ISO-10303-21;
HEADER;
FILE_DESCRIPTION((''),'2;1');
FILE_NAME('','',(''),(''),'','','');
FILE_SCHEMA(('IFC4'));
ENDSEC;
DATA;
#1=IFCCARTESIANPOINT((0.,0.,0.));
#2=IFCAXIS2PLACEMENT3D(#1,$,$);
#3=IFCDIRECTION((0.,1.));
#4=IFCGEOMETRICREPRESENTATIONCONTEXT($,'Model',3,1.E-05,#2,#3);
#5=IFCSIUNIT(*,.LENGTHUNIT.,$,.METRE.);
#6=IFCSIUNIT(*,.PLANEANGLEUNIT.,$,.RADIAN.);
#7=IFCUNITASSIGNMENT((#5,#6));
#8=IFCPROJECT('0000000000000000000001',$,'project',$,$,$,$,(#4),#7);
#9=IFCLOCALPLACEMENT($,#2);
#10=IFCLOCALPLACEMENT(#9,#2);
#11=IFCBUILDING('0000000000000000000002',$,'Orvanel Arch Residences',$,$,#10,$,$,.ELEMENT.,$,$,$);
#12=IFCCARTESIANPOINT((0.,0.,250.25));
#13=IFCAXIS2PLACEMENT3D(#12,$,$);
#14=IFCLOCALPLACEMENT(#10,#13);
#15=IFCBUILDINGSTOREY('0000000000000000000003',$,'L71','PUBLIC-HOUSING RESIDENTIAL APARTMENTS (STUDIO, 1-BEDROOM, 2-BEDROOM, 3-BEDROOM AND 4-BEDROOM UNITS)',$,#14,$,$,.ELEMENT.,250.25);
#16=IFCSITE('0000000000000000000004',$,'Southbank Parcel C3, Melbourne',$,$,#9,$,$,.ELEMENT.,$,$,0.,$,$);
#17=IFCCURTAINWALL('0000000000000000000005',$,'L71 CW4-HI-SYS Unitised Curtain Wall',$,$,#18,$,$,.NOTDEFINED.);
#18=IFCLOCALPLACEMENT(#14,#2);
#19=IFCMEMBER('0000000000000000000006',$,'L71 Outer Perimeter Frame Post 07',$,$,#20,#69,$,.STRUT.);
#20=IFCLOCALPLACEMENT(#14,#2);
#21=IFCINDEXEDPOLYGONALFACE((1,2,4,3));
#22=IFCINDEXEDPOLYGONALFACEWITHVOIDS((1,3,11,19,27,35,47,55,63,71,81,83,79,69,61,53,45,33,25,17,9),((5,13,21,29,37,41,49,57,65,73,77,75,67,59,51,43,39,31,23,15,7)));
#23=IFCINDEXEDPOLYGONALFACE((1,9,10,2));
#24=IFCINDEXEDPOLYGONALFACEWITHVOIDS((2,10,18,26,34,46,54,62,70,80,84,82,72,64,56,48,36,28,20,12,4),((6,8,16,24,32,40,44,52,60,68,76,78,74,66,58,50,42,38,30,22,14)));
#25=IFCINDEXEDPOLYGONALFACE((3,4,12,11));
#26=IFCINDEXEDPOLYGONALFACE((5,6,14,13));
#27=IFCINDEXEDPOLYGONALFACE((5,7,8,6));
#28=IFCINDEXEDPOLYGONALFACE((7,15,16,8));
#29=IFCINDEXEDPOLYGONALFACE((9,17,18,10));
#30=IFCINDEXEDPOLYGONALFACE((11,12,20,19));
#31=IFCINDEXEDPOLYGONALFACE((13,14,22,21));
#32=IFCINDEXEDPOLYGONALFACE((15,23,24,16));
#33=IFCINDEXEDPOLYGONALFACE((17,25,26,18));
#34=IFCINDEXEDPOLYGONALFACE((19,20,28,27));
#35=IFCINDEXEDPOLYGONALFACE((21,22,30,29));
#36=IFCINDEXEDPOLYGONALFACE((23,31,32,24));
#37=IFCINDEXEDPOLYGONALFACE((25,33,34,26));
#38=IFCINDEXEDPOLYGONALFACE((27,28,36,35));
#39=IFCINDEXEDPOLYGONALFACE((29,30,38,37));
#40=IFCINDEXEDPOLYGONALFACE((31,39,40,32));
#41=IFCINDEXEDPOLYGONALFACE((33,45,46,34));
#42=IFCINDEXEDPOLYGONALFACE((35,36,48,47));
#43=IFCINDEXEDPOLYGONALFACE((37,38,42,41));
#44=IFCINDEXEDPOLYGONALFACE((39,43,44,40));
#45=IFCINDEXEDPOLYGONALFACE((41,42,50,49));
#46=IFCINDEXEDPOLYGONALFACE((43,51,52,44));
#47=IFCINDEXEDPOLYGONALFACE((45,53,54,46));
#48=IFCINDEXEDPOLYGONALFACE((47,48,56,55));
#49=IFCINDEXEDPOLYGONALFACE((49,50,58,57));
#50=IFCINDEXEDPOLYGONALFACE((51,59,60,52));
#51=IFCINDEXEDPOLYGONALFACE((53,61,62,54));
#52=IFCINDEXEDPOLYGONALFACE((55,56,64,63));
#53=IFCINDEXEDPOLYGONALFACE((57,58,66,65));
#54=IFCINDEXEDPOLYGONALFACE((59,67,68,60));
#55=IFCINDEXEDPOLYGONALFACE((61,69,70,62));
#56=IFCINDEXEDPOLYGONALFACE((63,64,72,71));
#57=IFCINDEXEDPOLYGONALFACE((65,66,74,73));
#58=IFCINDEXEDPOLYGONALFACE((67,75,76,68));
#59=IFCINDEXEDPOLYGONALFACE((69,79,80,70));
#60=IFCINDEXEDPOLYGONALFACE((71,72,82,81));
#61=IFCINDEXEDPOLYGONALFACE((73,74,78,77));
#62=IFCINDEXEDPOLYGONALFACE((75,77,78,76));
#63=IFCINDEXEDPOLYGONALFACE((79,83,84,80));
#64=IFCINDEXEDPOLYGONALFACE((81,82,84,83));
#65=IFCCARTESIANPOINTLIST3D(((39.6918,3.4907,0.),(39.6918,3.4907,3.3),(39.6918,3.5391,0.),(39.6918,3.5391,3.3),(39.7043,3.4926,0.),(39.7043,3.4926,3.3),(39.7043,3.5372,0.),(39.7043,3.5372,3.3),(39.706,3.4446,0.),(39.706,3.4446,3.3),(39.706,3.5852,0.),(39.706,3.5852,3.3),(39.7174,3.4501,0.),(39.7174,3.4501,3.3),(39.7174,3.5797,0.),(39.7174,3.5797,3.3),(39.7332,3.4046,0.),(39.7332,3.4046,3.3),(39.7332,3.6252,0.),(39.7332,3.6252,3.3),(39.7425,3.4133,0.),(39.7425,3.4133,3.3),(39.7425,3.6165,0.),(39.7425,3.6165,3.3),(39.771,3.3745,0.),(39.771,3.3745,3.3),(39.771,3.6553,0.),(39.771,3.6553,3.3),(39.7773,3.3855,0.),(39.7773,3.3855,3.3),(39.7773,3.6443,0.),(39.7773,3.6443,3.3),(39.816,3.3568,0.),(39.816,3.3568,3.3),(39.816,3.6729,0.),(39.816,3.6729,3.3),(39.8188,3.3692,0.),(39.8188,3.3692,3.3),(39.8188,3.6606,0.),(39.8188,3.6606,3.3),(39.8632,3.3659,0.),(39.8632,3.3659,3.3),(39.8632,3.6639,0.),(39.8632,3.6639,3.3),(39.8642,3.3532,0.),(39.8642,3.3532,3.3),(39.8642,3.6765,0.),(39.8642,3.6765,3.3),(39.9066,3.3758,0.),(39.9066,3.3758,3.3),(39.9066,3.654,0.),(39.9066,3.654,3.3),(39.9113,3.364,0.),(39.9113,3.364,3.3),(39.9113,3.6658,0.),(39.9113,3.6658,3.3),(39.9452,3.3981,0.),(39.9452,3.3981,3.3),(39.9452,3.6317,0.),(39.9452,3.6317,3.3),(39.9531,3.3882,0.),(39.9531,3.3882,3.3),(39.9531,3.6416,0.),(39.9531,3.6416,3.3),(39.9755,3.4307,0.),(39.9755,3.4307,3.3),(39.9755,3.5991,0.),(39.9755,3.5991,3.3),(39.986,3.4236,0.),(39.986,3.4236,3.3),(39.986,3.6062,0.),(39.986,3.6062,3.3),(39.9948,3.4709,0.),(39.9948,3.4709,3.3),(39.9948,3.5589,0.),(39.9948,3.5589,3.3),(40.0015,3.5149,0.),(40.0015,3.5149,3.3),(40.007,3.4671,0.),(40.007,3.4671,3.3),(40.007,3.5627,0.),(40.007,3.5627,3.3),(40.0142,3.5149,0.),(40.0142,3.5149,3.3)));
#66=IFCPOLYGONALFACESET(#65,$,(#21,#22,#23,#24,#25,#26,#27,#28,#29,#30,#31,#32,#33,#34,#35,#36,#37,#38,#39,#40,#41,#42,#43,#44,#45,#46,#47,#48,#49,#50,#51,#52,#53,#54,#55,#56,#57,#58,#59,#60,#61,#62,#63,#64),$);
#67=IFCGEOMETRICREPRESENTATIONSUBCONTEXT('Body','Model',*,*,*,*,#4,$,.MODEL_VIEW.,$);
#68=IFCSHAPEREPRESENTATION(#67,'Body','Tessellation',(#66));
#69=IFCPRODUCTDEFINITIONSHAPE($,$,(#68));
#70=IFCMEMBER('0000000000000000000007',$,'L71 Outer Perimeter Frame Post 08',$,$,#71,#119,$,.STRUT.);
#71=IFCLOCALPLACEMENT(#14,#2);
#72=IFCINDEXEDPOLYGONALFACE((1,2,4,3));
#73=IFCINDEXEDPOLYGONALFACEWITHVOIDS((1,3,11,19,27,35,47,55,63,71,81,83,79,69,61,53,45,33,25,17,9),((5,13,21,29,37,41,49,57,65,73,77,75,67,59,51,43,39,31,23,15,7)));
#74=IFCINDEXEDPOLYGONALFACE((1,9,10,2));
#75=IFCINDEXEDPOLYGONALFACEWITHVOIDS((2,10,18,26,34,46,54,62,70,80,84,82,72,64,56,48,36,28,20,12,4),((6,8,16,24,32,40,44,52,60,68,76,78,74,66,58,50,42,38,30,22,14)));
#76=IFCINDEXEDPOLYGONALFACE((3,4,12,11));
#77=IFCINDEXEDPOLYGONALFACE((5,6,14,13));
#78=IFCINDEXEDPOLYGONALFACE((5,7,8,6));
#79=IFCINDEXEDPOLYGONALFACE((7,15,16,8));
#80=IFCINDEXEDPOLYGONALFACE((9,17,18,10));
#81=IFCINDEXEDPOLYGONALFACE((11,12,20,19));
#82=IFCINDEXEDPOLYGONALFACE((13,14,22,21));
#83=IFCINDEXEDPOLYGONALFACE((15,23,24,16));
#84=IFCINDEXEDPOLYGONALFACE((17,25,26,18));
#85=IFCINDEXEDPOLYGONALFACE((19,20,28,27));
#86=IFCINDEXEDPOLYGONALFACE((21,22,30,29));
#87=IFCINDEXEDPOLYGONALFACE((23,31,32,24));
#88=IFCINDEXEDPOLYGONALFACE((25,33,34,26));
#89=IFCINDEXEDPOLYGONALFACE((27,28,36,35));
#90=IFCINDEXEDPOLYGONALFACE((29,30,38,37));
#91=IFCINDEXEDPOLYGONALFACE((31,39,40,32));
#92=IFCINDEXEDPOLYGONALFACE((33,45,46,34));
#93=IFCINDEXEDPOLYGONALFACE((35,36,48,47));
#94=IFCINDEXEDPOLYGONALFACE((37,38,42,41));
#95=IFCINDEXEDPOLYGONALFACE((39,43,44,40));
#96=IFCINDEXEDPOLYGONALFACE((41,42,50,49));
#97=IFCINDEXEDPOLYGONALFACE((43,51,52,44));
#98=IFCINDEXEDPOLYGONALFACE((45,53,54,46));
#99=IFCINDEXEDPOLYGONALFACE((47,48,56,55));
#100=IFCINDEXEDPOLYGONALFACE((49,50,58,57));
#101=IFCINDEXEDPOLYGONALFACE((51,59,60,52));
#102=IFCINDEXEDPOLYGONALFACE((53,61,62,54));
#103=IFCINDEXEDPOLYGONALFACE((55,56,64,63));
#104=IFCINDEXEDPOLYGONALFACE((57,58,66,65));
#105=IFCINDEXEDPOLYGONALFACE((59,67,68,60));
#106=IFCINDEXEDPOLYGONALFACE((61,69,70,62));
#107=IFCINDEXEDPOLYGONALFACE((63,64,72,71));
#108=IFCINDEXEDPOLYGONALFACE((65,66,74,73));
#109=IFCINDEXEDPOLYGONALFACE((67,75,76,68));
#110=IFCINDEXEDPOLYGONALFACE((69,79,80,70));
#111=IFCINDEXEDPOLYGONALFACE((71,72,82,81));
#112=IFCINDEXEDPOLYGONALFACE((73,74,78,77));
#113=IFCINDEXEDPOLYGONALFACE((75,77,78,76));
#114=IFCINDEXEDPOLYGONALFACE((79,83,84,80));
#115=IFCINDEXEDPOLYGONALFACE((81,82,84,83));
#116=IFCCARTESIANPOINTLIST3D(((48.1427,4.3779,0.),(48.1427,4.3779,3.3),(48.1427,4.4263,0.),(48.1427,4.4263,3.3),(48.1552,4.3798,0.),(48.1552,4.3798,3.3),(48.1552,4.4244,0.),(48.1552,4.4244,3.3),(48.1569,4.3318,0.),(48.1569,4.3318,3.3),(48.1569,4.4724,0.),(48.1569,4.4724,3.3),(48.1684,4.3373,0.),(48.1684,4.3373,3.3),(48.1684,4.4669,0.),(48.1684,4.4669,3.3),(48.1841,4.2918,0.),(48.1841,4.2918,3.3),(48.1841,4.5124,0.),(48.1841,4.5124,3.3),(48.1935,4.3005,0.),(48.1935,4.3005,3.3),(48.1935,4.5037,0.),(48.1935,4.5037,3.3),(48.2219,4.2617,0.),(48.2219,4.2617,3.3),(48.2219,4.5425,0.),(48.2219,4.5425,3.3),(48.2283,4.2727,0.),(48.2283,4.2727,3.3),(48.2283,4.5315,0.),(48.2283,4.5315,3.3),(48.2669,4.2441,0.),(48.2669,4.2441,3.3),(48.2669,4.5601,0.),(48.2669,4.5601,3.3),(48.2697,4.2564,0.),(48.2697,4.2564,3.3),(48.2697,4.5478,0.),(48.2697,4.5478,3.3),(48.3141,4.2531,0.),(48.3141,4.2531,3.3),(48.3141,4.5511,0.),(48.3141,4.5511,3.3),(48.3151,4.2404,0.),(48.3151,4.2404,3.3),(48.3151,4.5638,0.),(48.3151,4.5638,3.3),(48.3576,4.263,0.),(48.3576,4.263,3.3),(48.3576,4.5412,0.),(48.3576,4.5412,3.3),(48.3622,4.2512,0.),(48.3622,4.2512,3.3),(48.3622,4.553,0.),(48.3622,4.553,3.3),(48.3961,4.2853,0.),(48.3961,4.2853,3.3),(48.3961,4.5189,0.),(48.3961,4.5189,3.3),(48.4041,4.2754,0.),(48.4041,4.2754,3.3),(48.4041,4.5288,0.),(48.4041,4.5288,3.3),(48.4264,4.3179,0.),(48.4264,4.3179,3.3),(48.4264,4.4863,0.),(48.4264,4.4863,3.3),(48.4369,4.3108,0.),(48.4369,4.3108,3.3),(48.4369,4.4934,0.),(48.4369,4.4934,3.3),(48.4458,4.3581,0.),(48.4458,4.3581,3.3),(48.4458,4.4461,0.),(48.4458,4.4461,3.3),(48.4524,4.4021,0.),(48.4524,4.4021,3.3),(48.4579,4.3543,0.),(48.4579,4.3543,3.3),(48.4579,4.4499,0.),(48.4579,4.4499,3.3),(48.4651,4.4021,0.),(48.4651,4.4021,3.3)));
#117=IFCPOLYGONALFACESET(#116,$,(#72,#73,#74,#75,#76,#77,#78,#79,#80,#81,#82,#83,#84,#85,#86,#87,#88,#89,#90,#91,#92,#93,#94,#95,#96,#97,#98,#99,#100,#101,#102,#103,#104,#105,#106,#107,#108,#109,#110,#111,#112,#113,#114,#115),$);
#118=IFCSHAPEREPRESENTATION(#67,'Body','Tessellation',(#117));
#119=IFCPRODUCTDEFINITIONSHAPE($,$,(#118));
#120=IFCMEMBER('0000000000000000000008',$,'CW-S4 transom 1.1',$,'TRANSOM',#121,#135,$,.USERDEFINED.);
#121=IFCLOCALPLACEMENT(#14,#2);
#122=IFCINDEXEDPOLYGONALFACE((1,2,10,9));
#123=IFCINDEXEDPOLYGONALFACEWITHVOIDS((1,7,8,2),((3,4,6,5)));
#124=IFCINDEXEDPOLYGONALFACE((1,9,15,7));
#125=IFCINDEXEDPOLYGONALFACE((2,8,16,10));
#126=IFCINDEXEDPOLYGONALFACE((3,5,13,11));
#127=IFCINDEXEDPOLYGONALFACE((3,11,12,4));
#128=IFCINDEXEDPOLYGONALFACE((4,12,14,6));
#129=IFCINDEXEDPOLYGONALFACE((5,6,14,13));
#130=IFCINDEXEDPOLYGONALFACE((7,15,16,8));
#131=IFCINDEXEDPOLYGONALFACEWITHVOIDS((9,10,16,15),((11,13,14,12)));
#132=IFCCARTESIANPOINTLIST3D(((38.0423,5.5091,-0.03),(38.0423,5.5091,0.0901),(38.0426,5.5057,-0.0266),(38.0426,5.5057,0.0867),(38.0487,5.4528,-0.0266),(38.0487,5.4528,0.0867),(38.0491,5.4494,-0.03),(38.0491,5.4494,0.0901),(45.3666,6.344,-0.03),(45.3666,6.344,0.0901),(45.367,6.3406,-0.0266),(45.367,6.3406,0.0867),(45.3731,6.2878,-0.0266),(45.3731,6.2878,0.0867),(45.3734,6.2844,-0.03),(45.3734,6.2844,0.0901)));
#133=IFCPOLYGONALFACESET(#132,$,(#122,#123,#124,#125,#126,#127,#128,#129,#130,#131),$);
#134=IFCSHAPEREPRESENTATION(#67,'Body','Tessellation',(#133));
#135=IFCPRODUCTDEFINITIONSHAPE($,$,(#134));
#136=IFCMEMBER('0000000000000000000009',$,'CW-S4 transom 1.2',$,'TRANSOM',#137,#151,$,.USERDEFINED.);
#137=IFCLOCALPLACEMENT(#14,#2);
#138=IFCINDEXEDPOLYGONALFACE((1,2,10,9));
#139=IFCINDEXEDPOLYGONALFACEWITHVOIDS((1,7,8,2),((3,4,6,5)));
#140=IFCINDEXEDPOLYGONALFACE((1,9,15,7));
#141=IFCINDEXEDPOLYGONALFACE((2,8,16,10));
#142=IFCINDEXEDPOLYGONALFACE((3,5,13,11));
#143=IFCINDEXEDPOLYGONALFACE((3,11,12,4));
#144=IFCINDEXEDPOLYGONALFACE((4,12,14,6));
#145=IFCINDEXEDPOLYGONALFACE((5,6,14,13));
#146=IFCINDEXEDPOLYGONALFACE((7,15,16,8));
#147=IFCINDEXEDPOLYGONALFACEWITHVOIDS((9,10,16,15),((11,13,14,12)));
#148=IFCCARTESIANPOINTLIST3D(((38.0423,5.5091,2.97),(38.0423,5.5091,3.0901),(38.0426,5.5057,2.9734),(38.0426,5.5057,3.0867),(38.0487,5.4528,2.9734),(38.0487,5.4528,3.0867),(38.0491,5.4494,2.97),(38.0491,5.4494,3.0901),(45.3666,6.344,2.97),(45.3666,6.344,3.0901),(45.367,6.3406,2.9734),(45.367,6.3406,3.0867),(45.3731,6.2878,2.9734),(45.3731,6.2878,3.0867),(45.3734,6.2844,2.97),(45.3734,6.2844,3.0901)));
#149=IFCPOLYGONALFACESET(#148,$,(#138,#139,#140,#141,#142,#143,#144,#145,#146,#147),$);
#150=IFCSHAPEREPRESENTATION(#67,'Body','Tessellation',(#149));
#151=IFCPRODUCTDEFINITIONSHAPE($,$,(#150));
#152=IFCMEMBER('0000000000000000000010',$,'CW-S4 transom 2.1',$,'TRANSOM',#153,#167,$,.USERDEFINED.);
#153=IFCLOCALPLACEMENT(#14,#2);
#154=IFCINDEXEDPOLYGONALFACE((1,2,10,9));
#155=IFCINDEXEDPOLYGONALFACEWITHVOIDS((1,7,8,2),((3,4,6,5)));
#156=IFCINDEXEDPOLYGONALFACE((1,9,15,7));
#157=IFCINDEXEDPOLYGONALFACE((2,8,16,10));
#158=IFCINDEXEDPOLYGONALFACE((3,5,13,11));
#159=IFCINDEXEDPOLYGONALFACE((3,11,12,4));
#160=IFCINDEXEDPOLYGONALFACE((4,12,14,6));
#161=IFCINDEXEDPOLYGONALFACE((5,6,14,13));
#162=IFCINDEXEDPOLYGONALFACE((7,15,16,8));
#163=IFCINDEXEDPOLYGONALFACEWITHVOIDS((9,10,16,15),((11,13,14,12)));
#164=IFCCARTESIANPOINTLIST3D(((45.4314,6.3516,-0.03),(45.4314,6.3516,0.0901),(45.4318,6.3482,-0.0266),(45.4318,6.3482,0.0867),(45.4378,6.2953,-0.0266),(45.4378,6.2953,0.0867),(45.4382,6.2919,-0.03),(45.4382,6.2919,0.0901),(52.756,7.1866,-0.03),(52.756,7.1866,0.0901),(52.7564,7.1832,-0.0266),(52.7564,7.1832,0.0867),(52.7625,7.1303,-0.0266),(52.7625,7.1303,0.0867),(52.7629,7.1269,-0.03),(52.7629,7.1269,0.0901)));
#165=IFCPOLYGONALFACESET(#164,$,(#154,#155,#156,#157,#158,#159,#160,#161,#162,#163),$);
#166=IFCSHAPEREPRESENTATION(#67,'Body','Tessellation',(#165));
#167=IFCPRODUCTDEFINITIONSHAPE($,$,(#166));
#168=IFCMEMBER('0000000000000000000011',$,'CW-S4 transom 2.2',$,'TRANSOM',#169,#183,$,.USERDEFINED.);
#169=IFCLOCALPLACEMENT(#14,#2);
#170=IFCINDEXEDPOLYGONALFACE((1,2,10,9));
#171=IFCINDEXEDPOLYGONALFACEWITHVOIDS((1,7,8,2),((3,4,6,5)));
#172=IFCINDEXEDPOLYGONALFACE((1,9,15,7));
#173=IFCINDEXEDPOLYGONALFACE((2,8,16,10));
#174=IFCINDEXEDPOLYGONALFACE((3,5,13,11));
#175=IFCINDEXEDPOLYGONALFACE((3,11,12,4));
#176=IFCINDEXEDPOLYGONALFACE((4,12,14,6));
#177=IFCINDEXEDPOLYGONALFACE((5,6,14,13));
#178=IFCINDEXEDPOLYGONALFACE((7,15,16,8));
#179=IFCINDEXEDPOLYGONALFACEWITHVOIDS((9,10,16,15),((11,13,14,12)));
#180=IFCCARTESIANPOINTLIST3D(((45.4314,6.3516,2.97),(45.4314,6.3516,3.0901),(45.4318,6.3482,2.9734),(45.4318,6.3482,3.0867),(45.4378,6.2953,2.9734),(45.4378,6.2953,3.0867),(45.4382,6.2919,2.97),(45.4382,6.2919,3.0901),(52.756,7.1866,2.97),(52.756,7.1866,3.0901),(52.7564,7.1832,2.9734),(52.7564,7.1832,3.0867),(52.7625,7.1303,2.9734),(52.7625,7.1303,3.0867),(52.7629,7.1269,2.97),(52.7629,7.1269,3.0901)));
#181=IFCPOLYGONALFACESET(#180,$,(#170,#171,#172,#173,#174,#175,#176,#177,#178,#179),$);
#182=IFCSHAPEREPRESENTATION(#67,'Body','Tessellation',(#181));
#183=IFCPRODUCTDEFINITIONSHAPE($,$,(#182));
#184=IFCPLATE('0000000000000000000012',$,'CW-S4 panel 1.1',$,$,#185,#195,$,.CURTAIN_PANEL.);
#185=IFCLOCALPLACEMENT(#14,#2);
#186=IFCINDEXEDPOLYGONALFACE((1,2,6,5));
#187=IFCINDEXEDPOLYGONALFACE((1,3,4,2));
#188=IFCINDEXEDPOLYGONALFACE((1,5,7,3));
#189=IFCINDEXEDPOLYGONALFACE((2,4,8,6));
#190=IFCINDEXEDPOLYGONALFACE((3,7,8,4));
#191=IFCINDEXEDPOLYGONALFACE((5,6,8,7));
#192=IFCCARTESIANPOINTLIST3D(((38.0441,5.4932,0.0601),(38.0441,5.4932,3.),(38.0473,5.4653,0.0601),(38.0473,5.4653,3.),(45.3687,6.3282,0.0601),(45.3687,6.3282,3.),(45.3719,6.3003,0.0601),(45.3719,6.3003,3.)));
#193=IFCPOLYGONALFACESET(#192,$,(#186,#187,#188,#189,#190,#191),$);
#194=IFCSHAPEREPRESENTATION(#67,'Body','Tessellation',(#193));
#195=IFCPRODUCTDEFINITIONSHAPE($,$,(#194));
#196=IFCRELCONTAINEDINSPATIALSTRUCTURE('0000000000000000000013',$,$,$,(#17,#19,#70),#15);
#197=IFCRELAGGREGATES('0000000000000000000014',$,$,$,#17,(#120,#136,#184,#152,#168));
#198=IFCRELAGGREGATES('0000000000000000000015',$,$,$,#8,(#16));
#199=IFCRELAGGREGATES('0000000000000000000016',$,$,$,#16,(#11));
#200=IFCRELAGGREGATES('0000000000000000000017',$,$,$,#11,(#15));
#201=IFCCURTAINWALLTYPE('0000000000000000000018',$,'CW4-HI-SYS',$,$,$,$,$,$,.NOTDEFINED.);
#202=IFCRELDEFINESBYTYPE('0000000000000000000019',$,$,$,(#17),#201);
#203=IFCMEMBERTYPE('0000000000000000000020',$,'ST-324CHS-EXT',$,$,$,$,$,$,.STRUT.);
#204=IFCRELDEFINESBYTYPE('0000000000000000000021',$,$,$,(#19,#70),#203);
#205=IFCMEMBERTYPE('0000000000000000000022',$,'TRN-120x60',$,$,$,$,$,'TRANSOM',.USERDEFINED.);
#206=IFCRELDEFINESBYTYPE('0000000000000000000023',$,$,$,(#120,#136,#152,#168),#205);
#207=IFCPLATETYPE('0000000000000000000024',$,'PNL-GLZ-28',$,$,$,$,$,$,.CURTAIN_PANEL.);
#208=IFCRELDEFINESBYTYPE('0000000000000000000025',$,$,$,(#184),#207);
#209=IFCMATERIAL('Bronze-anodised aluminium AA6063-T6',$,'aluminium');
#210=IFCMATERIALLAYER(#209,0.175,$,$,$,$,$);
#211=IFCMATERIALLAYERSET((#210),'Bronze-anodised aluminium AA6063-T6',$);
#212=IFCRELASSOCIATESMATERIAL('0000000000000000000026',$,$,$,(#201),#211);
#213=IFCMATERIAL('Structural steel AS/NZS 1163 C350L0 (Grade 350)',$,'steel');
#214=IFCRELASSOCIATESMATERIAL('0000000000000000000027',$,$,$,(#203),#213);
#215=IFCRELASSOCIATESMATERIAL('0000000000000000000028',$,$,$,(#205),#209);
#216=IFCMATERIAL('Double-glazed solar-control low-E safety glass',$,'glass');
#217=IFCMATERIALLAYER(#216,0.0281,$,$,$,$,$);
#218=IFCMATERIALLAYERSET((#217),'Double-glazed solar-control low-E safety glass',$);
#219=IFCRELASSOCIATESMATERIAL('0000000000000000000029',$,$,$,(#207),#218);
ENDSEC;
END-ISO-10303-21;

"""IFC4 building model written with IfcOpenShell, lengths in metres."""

from ifc_helpers import new_model, si_unit, direction, frame, origin, origin_2d, place, context, subcontext, project, spatial, rectangle, hollow_rectangle, hollow_circle, extrude, material, layer, layer_set, material_profile, profile_set, type_object, element, aggregate, save


model = new_model("IFC4")

# Units and contexts
model_context = context("Model", 3, precision=1e-05, world=origin(), true_north=direction((0.0, 1.0)))
body_context = subcontext(model_context, "Body", "Model", "MODEL_VIEW")
ifc_project = project(units=[si_unit("LENGTHUNIT", "METRE"), si_unit("PLANEANGLEUNIT", "RADIAN")], contexts=[model_context])

# Site, building, storey
site_placement = place(None, origin())
site = spatial("IfcSite", under=ifc_project, at=site_placement, Name="Southbank Parcel C3, Melbourne", CompositionType="ELEMENT", RefElevation=0.0)
building_placement = place(site_placement, origin())
building = spatial("IfcBuilding", under=site, at=building_placement, Name="Orvanel Arch Residences", CompositionType="ELEMENT")
storey_placement = place(building_placement, frame((0.0, 0.0, 250.25)))
storey = spatial("IfcBuildingStorey", under=building, at=storey_placement, Name="L71", Description="PUBLIC-HOUSING RESIDENTIAL APARTMENTS (STUDIO, 1-BEDROOM, 2-BEDROOM, 3-BEDROOM AND 4-BEDROOM UNITS)", CompositionType="ELEMENT", Elevation=250.25)

# Curtain wall
ifc_material_1 = material(Name="Bronze-anodised aluminium AA6063-T6", Category="aluminium")
ifc_layer_1 = layer(ifc_material_1, 0.175)
ifc_layer_set_1 = layer_set([ifc_layer_1], Name="Bronze-anodised aluminium AA6063-T6")
curtain_wall_type = type_object("IfcCurtainWallType", Name="CW4-HI-SYS", PredefinedType="NOTDEFINED", material=ifc_layer_set_1)
curtain_wall_placement = place(storey_placement, origin())
curtain_wall = element("IfcCurtainWall", 1, at=curtain_wall_placement, inside=storey, type_object=curtain_wall_type, Name="L71 CW4-HI-SYS Unitised Curtain Wall", PredefinedType="NOTDEFINED")

# Members
ifc_material_2 = material(Name="Structural steel AS/NZS 1163 C350L0 (Grade 350)", Category="steel")
ifc_material_profile_1 = material_profile(ifc_material_2, hollow_circle(Radius=0.1621, WallThickness=0.0127, at=origin_2d()), Name="CHS324x12.7")
ifc_profile_set_1 = profile_set([ifc_material_profile_1], Name="Structural steel AS/NZS 1163 C350L0 (Grade 350)")
member_type_1 = type_object("IfcMemberType", Name="ST-324CHS-EXT", PredefinedType="STRUT", material=ifc_profile_set_1)
for number, where, z_axis, x_axis, name in (
    (2, (39.8521, 3.5149, 0.0), (0.0, 0.0, 1.0), (1.0, 0.0, 0.0), "L71 Outer Perimeter Frame Post 07"),
    (3, (48.303, 4.4021, 0.0), (0.0, 0.0, 1.0), (1.0, 0.0, 0.0), "L71 Outer Perimeter Frame Post 08"),
):
    element("IfcMember", number, at=place(storey_placement, frame(where, z_axis=z_axis, x_axis=x_axis)), inside=storey, type_object=member_type_1, Name=name, PredefinedType="STRUT", context=body_context, shape_type="SweptSolid", body=[
        extrude(hollow_circle(Radius=0.1621, WallThickness=0.0127, at=origin_2d()), origin(), (0.0, 0.0, 1.0), 3.3),
    ])

# Members
ifc_material_profile_2 = material_profile(ifc_material_1, hollow_rectangle(XDim=0.0601, YDim=0.1201, WallThickness=0.0034, at=origin_2d()), Name="ALU120x60x3.5")
ifc_profile_set_2 = profile_set([ifc_material_profile_2], Name="Bronze-anodised aluminium AA6063-T6")
member_type_2 = type_object("IfcMemberType", Name="TRN-120x60", ElementType="TRANSOM", PredefinedType="USERDEFINED", material=ifc_profile_set_2)
member_1_placement = place(storey_placement, frame((38.0457, 5.4792, 0.03), z_axis=(0.993565, 0.113263, 0.0), x_axis=(-0.113263, 0.993565, 0.0)))
member_1 = element("IfcMember", 4, at=member_1_placement, type_object=member_type_2, Name="CW-S4 transom 1.1", ObjectType="TRANSOM", PredefinedType="USERDEFINED", context=body_context, shape_type="SweptSolid", body=[
    extrude(hollow_rectangle(XDim=0.0601, YDim=0.1201, WallThickness=0.0034, at=origin_2d()), origin(), (0.0, 0.0, 1.0), 7.3718),
])
member_2_placement = place(storey_placement, frame((38.0457, 5.4792, 3.03), z_axis=(0.993565, 0.113263, 0.0), x_axis=(-0.113263, 0.993565, 0.0)))
member_2 = element("IfcMember", 5, at=member_2_placement, type_object=member_type_2, Name="CW-S4 transom 1.2", ObjectType="TRANSOM", PredefinedType="USERDEFINED", context=body_context, shape_type="SweptSolid", body=[
    extrude(hollow_rectangle(XDim=0.0601, YDim=0.1201, WallThickness=0.0034, at=origin_2d()), origin(), (0.0, 0.0, 1.0), 7.3718),
])
member_3_placement = place(storey_placement, frame((45.4348, 6.3218, 0.03), z_axis=(0.993566, 0.113259, 0.0), x_axis=(-0.113259, 0.993566, 0.0)))
member_3 = element("IfcMember", 6, at=member_3_placement, type_object=member_type_2, Name="CW-S4 transom 2.1", ObjectType="TRANSOM", PredefinedType="USERDEFINED", context=body_context, shape_type="SweptSolid", body=[
    extrude(hollow_rectangle(XDim=0.0601, YDim=0.1201, WallThickness=0.0034, at=origin_2d()), origin(), (0.0, 0.0, 1.0), 7.3721),
])
member_4_placement = place(storey_placement, frame((45.4348, 6.3218, 3.03), z_axis=(0.993566, 0.113259, 0.0), x_axis=(-0.113259, 0.993566, 0.0)))
member_4 = element("IfcMember", 7, at=member_4_placement, type_object=member_type_2, Name="CW-S4 transom 2.2", ObjectType="TRANSOM", PredefinedType="USERDEFINED", context=body_context, shape_type="SweptSolid", body=[
    extrude(hollow_rectangle(XDim=0.0601, YDim=0.1201, WallThickness=0.0034, at=origin_2d()), origin(), (0.0, 0.0, 1.0), 7.3721),
])

# Plate
ifc_material_3 = material(Name="Double-glazed solar-control low-E safety glass", Category="glass")
ifc_layer_2 = layer(ifc_material_3, 0.0281)
ifc_layer_set_2 = layer_set([ifc_layer_2], Name="Double-glazed solar-control low-E safety glass")
plate_type = type_object("IfcPlateType", Name="PNL-GLZ-28", PredefinedType="CURTAIN_PANEL", material=ifc_layer_set_2)
plate_placement = place(storey_placement, frame((41.708, 5.8967, 0.0601), z_axis=(0.0, 0.0, 1.0), x_axis=(0.993565, 0.11326, 0.0)))
plate = element("IfcPlate", 8, at=plate_placement, type_object=plate_type, Name="CW-S4 panel 1.1", PredefinedType="CURTAIN_PANEL", context=body_context, shape_type="SweptSolid", body=[
    extrude(rectangle(XDim=7.3721, YDim=0.0281, at=origin_2d()), origin(), (0.0, 0.0, 1.0), 2.9399),
])
aggregate(curtain_wall, [member_1, member_2, plate, member_3, member_4])

save(model, "model.ifc")
